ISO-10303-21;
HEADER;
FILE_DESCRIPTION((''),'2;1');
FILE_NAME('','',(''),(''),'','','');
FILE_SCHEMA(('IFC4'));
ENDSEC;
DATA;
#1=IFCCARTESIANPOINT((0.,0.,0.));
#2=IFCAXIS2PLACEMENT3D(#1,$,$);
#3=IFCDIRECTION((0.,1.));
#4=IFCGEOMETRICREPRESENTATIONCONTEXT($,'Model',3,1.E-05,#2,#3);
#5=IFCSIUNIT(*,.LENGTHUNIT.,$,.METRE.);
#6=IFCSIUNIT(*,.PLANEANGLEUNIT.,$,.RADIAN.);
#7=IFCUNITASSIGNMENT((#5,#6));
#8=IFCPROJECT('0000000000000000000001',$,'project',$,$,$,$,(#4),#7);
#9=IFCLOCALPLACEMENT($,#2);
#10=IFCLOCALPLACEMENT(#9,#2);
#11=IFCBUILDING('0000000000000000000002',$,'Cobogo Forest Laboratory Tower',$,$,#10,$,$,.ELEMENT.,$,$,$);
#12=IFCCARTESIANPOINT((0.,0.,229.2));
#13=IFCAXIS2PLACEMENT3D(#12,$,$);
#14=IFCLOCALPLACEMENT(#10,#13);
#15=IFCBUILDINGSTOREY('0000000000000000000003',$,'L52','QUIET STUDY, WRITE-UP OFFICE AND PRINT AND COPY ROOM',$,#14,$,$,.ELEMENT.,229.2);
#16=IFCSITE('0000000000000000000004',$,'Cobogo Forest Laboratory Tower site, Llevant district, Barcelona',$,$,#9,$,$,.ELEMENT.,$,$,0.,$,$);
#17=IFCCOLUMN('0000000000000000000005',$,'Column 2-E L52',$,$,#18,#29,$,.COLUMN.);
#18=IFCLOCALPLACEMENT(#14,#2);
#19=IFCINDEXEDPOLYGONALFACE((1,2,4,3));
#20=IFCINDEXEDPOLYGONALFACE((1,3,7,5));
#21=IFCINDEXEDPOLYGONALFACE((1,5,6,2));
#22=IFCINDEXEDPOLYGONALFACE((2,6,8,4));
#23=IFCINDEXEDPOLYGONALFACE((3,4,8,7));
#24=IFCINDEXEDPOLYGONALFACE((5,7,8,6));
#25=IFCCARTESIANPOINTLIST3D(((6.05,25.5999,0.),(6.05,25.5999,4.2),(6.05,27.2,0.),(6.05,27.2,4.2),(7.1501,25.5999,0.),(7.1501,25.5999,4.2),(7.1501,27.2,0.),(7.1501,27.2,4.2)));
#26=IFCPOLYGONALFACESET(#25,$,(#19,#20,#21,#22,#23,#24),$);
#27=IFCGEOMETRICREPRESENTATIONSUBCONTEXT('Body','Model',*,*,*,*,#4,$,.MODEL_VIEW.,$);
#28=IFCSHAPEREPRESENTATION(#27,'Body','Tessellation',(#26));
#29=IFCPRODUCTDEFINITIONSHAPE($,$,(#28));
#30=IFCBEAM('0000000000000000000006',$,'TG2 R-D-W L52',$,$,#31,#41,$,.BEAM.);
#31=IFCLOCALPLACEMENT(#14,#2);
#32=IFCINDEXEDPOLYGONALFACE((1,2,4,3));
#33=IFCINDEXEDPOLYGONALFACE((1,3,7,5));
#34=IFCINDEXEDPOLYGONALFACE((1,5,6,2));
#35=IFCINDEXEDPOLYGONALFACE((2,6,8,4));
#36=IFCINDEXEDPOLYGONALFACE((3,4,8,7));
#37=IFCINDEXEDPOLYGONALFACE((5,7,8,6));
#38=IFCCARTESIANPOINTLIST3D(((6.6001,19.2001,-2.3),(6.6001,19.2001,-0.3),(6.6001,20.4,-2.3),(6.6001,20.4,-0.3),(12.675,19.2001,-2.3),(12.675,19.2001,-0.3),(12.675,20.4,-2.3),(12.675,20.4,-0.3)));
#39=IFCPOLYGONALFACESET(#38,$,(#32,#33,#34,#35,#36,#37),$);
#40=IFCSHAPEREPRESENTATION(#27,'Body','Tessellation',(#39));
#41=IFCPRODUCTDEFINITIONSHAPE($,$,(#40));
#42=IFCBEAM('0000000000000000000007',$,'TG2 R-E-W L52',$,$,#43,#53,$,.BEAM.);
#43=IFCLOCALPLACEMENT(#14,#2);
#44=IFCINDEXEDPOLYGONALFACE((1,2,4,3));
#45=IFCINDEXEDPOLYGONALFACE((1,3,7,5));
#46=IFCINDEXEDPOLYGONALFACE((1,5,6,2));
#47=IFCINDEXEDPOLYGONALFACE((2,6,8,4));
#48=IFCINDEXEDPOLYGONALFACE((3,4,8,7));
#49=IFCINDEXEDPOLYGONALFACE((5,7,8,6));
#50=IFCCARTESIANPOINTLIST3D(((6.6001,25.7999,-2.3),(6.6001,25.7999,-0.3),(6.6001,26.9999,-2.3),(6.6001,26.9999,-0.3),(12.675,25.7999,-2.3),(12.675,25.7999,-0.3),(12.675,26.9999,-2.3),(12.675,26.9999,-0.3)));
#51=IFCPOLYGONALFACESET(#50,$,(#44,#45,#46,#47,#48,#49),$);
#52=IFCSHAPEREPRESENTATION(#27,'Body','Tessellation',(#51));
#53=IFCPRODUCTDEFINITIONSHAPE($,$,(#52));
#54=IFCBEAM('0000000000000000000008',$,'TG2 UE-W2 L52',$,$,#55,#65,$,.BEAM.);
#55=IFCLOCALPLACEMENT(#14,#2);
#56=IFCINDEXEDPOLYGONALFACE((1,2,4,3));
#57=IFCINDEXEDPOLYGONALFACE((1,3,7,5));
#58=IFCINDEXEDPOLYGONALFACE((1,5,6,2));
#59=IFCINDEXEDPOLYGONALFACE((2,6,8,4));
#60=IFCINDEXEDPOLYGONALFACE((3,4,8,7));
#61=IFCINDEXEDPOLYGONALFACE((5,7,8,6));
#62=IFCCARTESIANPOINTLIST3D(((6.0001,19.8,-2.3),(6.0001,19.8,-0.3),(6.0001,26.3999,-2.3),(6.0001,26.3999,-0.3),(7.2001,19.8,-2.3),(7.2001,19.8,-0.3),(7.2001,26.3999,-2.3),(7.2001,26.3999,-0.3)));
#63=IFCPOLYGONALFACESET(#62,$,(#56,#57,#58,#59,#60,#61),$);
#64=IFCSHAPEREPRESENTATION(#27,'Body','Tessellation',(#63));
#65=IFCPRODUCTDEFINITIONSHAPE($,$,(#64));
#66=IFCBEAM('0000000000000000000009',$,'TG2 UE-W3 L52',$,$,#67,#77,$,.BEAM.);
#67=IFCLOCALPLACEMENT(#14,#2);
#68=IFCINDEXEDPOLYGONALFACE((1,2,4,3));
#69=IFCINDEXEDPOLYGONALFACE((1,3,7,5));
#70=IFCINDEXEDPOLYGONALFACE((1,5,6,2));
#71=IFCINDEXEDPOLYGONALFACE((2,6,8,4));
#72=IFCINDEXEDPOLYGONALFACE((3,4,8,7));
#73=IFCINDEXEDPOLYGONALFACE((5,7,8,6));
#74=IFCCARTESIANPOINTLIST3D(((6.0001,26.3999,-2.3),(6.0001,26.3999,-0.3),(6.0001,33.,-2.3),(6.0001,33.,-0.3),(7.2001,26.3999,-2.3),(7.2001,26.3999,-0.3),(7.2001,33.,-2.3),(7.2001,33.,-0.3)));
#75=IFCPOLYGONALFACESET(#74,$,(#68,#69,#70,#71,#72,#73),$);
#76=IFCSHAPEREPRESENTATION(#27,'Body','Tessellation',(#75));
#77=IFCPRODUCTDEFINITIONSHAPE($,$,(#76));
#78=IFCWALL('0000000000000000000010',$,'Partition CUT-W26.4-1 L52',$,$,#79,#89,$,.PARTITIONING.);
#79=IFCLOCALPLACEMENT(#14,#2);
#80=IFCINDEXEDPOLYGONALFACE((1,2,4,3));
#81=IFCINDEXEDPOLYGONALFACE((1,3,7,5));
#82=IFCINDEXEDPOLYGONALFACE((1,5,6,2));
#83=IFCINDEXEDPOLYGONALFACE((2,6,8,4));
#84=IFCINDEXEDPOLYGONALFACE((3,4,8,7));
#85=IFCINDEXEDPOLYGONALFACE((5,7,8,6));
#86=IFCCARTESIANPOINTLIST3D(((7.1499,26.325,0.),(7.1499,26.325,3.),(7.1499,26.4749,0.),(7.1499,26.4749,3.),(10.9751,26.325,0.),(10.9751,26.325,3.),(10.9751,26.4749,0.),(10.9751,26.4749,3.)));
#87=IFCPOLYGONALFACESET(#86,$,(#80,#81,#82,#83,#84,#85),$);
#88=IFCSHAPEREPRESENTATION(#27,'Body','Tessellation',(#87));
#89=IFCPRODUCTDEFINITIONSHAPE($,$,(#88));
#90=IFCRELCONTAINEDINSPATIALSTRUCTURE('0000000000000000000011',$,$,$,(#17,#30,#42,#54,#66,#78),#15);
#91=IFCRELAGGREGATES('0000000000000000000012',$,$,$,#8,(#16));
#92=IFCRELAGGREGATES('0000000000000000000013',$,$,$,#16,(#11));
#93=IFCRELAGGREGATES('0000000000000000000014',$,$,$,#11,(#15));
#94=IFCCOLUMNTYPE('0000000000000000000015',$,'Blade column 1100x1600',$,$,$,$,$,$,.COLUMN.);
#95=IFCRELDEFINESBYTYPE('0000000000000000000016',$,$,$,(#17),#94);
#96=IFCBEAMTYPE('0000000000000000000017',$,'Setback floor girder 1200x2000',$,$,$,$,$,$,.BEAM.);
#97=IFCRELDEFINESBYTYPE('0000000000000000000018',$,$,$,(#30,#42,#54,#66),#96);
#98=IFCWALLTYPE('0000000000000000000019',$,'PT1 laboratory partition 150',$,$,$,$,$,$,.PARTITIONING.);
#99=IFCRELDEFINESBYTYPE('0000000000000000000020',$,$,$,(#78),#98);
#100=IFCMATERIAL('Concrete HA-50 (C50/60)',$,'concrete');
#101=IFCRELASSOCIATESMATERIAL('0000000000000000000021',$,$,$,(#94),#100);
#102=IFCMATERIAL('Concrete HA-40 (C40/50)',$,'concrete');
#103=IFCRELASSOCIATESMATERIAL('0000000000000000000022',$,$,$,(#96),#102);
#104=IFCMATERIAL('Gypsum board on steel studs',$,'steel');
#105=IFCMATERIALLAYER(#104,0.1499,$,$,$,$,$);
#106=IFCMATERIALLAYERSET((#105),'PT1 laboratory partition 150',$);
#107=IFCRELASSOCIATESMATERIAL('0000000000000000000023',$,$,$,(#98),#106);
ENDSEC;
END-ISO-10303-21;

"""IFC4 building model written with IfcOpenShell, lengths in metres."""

from ifc_helpers import new_model, si_unit, direction, frame, frame_2d, origin, origin_2d, place, context, subcontext, project, spatial, rectangle, extrude, material, layer, layer_set, material_profile, profile_set, type_object, element, save


model = new_model("IFC4")

# Units and contexts
model_context = context("Model", 3, precision=1e-05, world=origin(), true_north=direction((0.0, 1.0)))
body_context = subcontext(model_context, "Body", "Model", "MODEL_VIEW")
ifc_project = project(units=[si_unit("LENGTHUNIT", "METRE"), si_unit("PLANEANGLEUNIT", "RADIAN")], contexts=[model_context])

# Site, building, storey
site_placement = place(None, origin())
site = spatial("IfcSite", under=ifc_project, at=site_placement, Name="Cobogo Forest Laboratory Tower site, Llevant district, Barcelona", CompositionType="ELEMENT", RefElevation=0.0)
building_placement = place(site_placement, origin())
building = spatial("IfcBuilding", under=site, at=building_placement, Name="Cobogo Forest Laboratory Tower", CompositionType="ELEMENT")
storey_placement = place(building_placement, frame((0.0, 0.0, 229.2)))
storey = spatial("IfcBuildingStorey", under=building, at=storey_placement, Name="L52", Description="QUIET STUDY, WRITE-UP OFFICE AND PRINT AND COPY ROOM", CompositionType="ELEMENT", Elevation=229.2)

# Column
ifc_material_1 = material(Name="Concrete HA-50 (C50/60)", Category="concrete")
ifc_material_profile_1 = material_profile(ifc_material_1, rectangle(XDim=1.6001, YDim=1.1001, at=origin_2d()), Name="RC 1100x1600")
ifc_profile_set_1 = profile_set([ifc_material_profile_1], Name="Concrete HA-50 (C50/60)")
column_type = type_object("IfcColumnType", Name="Blade column 1100x1600", PredefinedType="COLUMN", material=ifc_profile_set_1)
column_placement = place(storey_placement, frame((6.6001, 26.3999, 0.0), z_axis=(0.0, 0.0, 1.0), x_axis=(0.0, 1.0, 0.0)))
element("IfcColumn", 1, at=column_placement, inside=storey, type_object=column_type, Name="Column 2-E L52", PredefinedType="COLUMN", context=body_context, shape_type="SweptSolid", body=[
    extrude(rectangle(XDim=1.6001, YDim=1.1001, at=origin_2d()), origin(), (0.0, 0.0, 1.0), 4.2),
])

# Beams
ifc_material_2 = material(Name="Concrete HA-40 (C40/50)", Category="concrete")
ifc_material_profile_2 = material_profile(ifc_material_2, rectangle(XDim=1.2, YDim=2.0, at=origin_2d()), Name="RC 1200x2000")
ifc_profile_set_2 = profile_set([ifc_material_profile_2], Name="Concrete HA-40 (C40/50)")
beam_type = type_object("IfcBeamType", Name="Setback floor girder 1200x2000", PredefinedType="BEAM", material=ifc_profile_set_2)
for number, where, z_axis, x_axis, name in (
    (2, (12.675, 19.8, -1.3), (-1.0, 0.0, 0.0), (0.0, -1.0, 0.0), "TG2 R-D-W L52"),
    (3, (12.675, 26.3999, -1.3), (-1.0, 0.0, 0.0), (0.0, -1.0, 0.0), "TG2 R-E-W L52"),
):
    element("IfcBeam", number, at=place(storey_placement, frame(where, z_axis=z_axis, x_axis=x_axis)), inside=storey, type_object=beam_type, Name=name, PredefinedType="BEAM", context=body_context, shape_type="SweptSolid", body=[
        extrude(rectangle(XDim=1.2, YDim=2.0, at=origin_2d()), origin(), (0.0, 0.0, 1.0), 6.075),
    ])
beam_1_placement = place(storey_placement, frame((6.6001, 19.8, -1.3), z_axis=(0.0, 1.0, 0.0), x_axis=(-1.0, 0.0, 0.0)))
element("IfcBeam", 4, at=beam_1_placement, inside=storey, type_object=beam_type, Name="TG2 UE-W2 L52", PredefinedType="BEAM", context=body_context, shape_type="SweptSolid", body=[
    extrude(rectangle(XDim=1.2, YDim=2.0, at=origin_2d()), origin(), (0.0, 0.0, 1.0), 6.5999),
])
beam_2_placement = place(storey_placement, frame((6.6001, 26.3999, -1.3), z_axis=(0.0, 1.0, 0.0), x_axis=(-1.0, 0.0, 0.0)))
element("IfcBeam", 5, at=beam_2_placement, inside=storey, type_object=beam_type, Name="TG2 UE-W3 L52", PredefinedType="BEAM", context=body_context, shape_type="SweptSolid", body=[
    extrude(rectangle(XDim=1.2, YDim=2.0, at=origin_2d()), origin(), (0.0, 0.0, 1.0), 6.6001),
])

# Wall
ifc_material_3 = material(Name="Gypsum board on steel studs", Category="steel")
ifc_layer = layer(ifc_material_3, 0.1499)
ifc_layer_set = layer_set([ifc_layer], Name="PT1 laboratory partition 150")
wall_type = type_object("IfcWallType", Name="PT1 laboratory partition 150", PredefinedType="PARTITIONING", material=ifc_layer_set)
wall_placement = place(storey_placement, frame((7.1499, 26.3999, 0.0), z_axis=(0.0, 0.0, 1.0), x_axis=(1.0, 0.0, 0.0)))
element("IfcWall", 6, at=wall_placement, inside=storey, type_object=wall_type, Name="Partition CUT-W26.4-1 L52", PredefinedType="PARTITIONING", context=body_context, shape_type="SweptSolid", body=[
    extrude(rectangle(XDim=3.8252, YDim=0.1499, at=frame_2d((1.9126, 0.0))), origin(), (0.0, 0.0, 1.0), 3.0),
])

save(model, "model.ifc")
